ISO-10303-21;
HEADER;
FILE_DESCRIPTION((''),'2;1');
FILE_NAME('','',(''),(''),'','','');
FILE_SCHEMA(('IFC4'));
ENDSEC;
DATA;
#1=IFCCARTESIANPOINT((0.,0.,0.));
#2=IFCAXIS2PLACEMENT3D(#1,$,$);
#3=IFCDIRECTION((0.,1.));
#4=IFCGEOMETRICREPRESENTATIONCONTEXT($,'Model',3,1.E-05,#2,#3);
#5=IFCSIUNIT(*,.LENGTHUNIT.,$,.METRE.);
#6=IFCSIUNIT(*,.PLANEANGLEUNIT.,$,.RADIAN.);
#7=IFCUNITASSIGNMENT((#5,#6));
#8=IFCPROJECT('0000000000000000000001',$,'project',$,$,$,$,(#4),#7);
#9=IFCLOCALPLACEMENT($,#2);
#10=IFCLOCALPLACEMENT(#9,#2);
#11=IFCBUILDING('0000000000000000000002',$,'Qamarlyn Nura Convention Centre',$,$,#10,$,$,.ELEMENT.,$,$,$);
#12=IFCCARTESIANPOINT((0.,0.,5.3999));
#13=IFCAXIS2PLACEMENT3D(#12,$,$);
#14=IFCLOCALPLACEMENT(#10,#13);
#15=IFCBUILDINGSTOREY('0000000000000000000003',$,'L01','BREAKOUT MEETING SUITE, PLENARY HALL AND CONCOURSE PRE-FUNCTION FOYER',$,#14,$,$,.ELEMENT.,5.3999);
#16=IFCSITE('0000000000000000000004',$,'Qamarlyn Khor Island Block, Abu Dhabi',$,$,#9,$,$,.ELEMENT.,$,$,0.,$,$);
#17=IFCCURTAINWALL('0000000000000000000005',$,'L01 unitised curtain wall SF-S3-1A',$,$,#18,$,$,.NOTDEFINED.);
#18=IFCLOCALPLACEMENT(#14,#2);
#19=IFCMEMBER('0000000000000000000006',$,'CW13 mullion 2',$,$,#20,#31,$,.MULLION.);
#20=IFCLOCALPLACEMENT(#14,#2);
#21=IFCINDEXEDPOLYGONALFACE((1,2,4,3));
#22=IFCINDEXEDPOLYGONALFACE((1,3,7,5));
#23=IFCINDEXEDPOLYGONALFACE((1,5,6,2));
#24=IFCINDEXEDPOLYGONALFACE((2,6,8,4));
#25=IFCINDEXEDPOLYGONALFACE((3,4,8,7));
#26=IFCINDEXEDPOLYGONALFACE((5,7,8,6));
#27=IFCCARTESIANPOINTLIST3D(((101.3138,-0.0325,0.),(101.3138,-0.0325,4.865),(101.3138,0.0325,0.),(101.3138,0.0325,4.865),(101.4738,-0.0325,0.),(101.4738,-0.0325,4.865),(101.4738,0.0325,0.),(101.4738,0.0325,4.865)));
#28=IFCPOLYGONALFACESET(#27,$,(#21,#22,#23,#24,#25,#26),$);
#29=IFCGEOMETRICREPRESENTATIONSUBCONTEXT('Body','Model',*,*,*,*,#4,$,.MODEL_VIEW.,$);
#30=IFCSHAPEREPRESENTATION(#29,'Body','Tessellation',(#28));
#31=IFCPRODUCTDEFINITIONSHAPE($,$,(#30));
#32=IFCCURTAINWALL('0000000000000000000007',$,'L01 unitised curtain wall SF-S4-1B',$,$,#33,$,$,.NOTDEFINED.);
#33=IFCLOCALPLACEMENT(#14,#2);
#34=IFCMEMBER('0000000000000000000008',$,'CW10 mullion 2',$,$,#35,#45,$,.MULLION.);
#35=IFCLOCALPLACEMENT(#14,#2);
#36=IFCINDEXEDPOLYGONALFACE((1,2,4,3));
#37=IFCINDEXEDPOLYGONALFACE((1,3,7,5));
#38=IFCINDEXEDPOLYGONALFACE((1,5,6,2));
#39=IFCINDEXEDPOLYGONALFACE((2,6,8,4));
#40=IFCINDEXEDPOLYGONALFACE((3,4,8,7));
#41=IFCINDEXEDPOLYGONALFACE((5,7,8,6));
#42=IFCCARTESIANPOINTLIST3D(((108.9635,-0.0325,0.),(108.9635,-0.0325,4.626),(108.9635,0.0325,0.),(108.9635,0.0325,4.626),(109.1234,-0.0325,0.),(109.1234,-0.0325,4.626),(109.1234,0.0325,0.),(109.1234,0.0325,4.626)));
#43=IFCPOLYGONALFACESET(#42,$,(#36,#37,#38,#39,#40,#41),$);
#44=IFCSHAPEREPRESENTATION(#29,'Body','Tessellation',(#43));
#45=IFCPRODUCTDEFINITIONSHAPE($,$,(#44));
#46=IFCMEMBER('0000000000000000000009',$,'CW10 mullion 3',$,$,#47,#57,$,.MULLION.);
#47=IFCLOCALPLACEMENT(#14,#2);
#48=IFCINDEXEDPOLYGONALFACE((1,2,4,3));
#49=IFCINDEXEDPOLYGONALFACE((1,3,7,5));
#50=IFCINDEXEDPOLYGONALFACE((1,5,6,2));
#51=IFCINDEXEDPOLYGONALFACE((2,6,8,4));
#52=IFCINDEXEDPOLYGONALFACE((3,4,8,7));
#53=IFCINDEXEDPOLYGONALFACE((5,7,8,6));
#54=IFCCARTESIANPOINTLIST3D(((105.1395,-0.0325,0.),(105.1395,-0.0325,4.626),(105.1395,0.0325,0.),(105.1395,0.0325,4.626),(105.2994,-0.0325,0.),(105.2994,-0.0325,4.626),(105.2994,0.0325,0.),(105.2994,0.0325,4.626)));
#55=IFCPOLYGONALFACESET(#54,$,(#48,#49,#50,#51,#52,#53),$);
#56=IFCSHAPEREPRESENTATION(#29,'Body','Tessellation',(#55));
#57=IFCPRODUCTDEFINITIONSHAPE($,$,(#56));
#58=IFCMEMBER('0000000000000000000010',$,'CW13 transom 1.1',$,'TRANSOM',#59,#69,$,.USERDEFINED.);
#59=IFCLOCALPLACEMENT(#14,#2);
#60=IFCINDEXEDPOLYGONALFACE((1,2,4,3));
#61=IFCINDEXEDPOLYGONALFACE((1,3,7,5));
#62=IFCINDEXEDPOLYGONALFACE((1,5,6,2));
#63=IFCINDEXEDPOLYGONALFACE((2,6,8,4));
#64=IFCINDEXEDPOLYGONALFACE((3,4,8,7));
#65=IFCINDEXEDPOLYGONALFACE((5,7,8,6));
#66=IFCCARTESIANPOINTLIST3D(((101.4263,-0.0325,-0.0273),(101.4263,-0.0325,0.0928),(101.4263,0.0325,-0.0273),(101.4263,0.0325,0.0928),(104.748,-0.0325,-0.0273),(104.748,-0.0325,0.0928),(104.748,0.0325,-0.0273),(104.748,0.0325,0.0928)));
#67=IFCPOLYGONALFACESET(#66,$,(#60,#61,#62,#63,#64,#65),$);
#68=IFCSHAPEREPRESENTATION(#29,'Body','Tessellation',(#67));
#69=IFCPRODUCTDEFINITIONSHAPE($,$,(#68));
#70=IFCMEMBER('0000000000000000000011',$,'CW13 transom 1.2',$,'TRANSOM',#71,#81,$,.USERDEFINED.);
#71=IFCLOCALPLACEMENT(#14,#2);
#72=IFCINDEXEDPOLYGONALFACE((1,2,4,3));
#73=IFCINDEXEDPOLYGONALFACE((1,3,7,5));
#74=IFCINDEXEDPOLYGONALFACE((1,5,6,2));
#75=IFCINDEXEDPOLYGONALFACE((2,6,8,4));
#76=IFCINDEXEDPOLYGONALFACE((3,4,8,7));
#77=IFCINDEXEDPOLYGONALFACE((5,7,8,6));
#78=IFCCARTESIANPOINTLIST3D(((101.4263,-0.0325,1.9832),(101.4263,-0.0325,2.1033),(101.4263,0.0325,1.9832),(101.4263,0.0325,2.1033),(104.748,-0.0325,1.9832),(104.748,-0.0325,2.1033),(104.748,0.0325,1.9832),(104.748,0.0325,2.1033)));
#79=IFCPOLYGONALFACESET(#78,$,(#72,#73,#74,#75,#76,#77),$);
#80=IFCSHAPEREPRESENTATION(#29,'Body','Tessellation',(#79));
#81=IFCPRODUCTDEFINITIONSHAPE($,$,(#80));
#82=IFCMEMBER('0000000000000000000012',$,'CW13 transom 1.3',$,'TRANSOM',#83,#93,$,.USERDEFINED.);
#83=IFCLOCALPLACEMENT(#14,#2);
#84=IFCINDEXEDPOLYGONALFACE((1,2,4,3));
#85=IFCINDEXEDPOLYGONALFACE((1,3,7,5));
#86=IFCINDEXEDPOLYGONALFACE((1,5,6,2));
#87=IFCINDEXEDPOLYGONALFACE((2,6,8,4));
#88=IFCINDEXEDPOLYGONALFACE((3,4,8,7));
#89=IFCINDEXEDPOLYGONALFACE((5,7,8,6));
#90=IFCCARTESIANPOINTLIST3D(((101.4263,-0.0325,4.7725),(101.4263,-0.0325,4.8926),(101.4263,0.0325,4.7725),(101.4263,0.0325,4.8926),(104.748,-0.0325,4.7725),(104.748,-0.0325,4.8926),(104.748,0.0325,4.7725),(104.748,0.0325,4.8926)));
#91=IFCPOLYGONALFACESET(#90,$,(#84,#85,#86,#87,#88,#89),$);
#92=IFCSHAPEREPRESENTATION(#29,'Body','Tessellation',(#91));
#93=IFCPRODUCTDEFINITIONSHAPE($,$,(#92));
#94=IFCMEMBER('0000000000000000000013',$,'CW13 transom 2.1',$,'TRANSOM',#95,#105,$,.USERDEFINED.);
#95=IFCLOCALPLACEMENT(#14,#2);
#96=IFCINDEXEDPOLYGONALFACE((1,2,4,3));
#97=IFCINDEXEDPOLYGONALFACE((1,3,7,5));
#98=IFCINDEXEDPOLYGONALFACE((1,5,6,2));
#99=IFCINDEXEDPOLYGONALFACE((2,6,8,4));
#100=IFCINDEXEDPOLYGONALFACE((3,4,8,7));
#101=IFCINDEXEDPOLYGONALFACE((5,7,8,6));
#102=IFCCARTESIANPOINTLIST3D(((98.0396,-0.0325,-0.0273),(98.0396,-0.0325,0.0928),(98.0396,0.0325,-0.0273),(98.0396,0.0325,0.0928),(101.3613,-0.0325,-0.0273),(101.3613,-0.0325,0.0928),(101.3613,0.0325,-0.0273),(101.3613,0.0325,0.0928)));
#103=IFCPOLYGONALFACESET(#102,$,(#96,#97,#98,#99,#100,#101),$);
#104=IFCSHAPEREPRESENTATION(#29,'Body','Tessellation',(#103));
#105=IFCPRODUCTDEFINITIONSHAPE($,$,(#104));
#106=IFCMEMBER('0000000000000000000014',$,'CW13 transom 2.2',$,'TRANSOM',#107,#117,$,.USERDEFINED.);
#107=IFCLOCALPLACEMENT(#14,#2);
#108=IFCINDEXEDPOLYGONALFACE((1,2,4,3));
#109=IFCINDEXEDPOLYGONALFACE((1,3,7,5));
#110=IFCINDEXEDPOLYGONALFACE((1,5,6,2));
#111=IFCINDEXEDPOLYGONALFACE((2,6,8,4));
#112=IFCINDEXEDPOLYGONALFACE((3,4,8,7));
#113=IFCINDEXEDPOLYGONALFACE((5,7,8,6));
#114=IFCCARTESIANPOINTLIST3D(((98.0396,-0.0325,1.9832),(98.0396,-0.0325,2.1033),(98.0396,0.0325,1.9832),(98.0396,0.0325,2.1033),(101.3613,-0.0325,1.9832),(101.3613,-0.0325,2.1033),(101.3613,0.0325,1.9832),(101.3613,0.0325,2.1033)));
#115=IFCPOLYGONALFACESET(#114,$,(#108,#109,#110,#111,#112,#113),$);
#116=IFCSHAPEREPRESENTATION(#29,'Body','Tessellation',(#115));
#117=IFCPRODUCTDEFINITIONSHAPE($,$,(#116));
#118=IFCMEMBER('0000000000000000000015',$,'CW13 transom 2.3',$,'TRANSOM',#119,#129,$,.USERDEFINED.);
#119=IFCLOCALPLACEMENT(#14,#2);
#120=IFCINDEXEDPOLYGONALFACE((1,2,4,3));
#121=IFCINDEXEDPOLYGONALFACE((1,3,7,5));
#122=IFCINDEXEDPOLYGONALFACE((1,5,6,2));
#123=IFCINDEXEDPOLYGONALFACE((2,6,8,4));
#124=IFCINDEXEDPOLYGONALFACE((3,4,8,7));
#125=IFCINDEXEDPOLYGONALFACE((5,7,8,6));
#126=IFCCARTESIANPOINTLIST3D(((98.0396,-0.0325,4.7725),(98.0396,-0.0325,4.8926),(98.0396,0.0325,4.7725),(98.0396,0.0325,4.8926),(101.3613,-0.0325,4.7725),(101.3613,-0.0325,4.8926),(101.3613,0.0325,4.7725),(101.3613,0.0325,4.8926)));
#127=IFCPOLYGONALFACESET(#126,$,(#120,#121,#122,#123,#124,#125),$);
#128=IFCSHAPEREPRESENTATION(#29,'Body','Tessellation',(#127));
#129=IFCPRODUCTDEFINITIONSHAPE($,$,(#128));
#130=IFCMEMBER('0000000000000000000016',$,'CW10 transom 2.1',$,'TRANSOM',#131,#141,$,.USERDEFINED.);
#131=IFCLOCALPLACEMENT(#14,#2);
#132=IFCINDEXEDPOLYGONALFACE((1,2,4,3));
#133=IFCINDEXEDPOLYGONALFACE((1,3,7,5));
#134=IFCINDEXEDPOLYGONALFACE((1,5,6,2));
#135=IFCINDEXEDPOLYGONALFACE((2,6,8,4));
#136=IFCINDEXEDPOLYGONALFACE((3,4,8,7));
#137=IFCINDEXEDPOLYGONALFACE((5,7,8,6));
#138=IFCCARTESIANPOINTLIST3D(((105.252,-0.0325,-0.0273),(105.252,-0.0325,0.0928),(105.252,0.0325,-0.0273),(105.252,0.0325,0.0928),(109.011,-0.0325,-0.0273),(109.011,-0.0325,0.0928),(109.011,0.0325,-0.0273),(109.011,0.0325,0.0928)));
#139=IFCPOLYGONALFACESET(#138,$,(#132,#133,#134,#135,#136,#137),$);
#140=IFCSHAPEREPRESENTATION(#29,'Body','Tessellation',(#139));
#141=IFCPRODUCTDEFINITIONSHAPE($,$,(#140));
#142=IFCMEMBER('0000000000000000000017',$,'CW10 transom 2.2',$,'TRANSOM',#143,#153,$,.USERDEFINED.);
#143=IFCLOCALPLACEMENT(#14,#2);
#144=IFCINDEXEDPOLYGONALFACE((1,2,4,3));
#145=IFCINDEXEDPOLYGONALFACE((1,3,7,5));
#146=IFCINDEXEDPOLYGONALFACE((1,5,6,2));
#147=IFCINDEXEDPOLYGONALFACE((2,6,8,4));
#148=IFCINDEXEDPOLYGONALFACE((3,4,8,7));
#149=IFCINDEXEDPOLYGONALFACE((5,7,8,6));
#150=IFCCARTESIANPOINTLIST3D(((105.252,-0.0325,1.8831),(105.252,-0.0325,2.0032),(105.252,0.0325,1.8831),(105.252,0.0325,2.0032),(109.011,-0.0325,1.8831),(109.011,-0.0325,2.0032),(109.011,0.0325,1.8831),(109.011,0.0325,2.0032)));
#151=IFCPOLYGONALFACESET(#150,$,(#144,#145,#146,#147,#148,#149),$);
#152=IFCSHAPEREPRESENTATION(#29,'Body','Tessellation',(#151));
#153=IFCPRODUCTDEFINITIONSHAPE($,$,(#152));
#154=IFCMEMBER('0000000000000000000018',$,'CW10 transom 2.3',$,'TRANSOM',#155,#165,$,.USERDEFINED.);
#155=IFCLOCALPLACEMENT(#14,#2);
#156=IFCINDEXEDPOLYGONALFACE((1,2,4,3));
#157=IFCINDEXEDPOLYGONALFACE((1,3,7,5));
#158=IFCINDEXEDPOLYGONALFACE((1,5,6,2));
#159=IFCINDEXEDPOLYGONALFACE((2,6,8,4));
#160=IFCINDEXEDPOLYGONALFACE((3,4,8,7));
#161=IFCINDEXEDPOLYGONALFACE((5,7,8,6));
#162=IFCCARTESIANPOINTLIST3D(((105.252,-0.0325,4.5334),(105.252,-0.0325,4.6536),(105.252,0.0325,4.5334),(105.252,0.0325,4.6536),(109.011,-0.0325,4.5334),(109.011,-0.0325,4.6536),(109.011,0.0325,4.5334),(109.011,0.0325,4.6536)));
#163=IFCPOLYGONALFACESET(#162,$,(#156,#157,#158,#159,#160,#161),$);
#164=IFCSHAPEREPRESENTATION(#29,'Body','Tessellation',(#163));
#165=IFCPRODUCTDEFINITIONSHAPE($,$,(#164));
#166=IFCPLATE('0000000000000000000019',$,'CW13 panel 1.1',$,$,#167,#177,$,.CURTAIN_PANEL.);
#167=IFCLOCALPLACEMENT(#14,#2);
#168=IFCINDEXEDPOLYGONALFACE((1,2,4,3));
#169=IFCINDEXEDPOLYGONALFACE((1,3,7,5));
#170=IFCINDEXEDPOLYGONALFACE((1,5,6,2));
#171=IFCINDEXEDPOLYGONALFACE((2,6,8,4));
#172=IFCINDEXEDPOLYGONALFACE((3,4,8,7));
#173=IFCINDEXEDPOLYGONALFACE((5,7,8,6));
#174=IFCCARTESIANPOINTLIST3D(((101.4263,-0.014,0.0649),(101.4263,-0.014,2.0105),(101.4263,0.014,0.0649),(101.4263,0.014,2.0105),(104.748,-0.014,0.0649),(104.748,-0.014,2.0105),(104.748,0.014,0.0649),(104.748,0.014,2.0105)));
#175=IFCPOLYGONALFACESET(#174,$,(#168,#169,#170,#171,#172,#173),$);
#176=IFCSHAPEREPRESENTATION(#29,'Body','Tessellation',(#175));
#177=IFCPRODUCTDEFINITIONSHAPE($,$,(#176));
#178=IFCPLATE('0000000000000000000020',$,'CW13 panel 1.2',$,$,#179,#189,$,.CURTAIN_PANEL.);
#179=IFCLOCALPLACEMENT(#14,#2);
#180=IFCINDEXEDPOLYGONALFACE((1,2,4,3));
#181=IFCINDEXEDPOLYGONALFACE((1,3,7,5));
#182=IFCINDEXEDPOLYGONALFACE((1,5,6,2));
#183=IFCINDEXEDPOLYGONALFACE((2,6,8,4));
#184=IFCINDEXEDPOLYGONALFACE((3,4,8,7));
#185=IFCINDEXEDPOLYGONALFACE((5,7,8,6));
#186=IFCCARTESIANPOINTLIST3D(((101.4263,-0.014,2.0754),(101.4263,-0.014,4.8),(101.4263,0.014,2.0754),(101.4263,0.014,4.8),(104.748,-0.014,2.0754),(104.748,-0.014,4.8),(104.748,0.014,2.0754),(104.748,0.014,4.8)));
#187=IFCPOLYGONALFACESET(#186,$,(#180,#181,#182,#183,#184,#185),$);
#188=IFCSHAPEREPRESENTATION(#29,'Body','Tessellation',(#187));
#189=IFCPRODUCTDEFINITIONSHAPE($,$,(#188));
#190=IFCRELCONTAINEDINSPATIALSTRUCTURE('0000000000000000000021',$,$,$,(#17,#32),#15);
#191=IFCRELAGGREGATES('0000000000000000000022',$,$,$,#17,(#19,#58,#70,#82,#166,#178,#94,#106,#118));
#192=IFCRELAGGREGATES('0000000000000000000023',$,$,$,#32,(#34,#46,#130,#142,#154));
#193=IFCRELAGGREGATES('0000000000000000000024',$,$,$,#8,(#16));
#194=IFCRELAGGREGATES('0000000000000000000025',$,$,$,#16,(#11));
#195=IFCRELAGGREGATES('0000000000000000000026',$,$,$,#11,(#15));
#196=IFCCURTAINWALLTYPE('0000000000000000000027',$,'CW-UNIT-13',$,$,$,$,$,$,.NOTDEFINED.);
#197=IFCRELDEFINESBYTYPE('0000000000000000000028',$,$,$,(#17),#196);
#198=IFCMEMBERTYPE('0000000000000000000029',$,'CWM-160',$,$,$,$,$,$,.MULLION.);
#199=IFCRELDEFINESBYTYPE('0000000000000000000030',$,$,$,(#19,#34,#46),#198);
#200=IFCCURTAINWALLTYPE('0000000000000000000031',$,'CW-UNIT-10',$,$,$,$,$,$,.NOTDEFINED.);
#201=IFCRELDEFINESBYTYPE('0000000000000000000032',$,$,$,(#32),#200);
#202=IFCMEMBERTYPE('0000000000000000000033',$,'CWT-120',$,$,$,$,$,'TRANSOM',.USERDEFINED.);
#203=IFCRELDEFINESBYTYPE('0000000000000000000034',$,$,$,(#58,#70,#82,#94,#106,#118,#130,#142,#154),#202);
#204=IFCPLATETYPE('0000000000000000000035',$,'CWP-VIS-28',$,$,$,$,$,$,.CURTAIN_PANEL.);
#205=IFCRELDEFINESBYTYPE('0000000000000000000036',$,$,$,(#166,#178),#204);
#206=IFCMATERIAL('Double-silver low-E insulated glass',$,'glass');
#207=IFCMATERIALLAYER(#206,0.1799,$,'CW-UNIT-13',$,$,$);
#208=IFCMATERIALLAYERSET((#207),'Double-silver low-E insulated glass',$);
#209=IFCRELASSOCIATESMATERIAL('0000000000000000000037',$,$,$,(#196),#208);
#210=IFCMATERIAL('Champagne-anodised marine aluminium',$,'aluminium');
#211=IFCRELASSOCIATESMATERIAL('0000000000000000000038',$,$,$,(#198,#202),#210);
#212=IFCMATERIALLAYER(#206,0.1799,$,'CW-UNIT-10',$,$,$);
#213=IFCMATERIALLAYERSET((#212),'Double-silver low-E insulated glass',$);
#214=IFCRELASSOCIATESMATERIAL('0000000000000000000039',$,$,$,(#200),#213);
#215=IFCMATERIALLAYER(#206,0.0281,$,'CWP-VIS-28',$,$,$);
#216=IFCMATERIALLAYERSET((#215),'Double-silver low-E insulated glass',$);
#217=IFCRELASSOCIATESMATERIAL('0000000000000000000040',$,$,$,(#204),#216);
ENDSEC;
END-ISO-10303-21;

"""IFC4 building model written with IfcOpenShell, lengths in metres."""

from ifc_helpers import new_model, si_unit, direction, frame, origin, origin_2d, place, context, subcontext, project, spatial, rectangle, extrude, material, layer, layer_set, material_profile, profile_set, type_object, element, aggregate, save


model = new_model("IFC4")

# Units and contexts
model_context = context("Model", 3, precision=1e-05, world=origin(), true_north=direction((0.0, 1.0)))
body_context = subcontext(model_context, "Body", "Model", "MODEL_VIEW")
ifc_project = project(units=[si_unit("LENGTHUNIT", "METRE"), si_unit("PLANEANGLEUNIT", "RADIAN")], contexts=[model_context])

# Site, building, storey
site_placement = place(None, origin())
site = spatial("IfcSite", under=ifc_project, at=site_placement, Name="Qamarlyn Khor Island Block, Abu Dhabi", CompositionType="ELEMENT", RefElevation=0.0)
building_placement = place(site_placement, origin())
building = spatial("IfcBuilding", under=site, at=building_placement, Name="Qamarlyn Nura Convention Centre", CompositionType="ELEMENT")
storey_placement = place(building_placement, frame((0.0, 0.0, 5.3999)))
storey = spatial("IfcBuildingStorey", under=building, at=storey_placement, Name="L01", Description="BREAKOUT MEETING SUITE, PLENARY HALL AND CONCOURSE PRE-FUNCTION FOYER", CompositionType="ELEMENT", Elevation=5.3999)

# Curtain walls, members
ifc_material_1 = material(Name="Double-silver low-E insulated glass", Category="glass")
ifc_layer_1 = layer(ifc_material_1, 0.1799, Name="CW-UNIT-13")
ifc_layer_set_1 = layer_set([ifc_layer_1], Name="Double-silver low-E insulated glass")
curtain_wall_type_1 = type_object("IfcCurtainWallType", Name="CW-UNIT-13", PredefinedType="NOTDEFINED", material=ifc_layer_set_1)
curtain_wall_1_placement = place(storey_placement, origin())
curtain_wall_1 = element("IfcCurtainWall", 1, at=curtain_wall_1_placement, inside=storey, type_object=curtain_wall_type_1, Name="L01 unitised curtain wall SF-S3-1A", PredefinedType="NOTDEFINED")
ifc_material_2 = material(Name="Champagne-anodised marine aluminium", Category="aluminium")
ifc_material_profile_1 = material_profile(ifc_material_2, rectangle(XDim=0.0649, YDim=0.1599, at=origin_2d()), Name="ALU MULLION 65x160")
ifc_profile_set_1 = profile_set([ifc_material_profile_1], Name="Champagne-anodised marine aluminium")
member_type_1 = type_object("IfcMemberType", Name="CWM-160", PredefinedType="MULLION", material=ifc_profile_set_1)
member_1_placement = place(storey_placement, frame((101.3938, 0.0, 0.0), z_axis=(0.0, 0.0, 1.0), x_axis=(0.0, -1.0, 0.0)))
member_1 = element("IfcMember", 2, at=member_1_placement, type_object=member_type_1, Name="CW13 mullion 2", PredefinedType="MULLION", context=body_context, shape_type="SweptSolid", body=[
    extrude(rectangle(XDim=0.0649, YDim=0.1599, at=origin_2d()), origin(), (0.0, 0.0, 1.0), 4.865),
])
ifc_layer_2 = layer(ifc_material_1, 0.1799, Name="CW-UNIT-10")
ifc_layer_set_2 = layer_set([ifc_layer_2], Name="Double-silver low-E insulated glass")
curtain_wall_type_2 = type_object("IfcCurtainWallType", Name="CW-UNIT-10", PredefinedType="NOTDEFINED", material=ifc_layer_set_2)
curtain_wall_2_placement = place(storey_placement, origin())
curtain_wall_2 = element("IfcCurtainWall", 3, at=curtain_wall_2_placement, inside=storey, type_object=curtain_wall_type_2, Name="L01 unitised curtain wall SF-S4-1B", PredefinedType="NOTDEFINED")
member_2_placement = place(storey_placement, frame((109.0435, 0.0, 0.0), z_axis=(0.0, 0.0, 1.0), x_axis=(0.0, -1.0, 0.0)))
member_2 = element("IfcMember", 4, at=member_2_placement, type_object=member_type_1, Name="CW10 mullion 2", PredefinedType="MULLION", context=body_context, shape_type="SweptSolid", body=[
    extrude(rectangle(XDim=0.0649, YDim=0.1599, at=origin_2d()), origin(), (0.0, 0.0, 1.0), 4.626),
])
member_3_placement = place(storey_placement, frame((105.2195, 0.0, 0.0), z_axis=(0.0, 0.0, 1.0), x_axis=(0.0, -1.0, 0.0)))
member_3 = element("IfcMember", 5, at=member_3_placement, type_object=member_type_1, Name="CW10 mullion 3", PredefinedType="MULLION", context=body_context, shape_type="SweptSolid", body=[
    extrude(rectangle(XDim=0.0649, YDim=0.1599, at=origin_2d()), origin(), (0.0, 0.0, 1.0), 4.626),
])

# Members
ifc_material_profile_2 = material_profile(ifc_material_2, rectangle(XDim=0.0649, YDim=0.1201, at=origin_2d()), Name="ALU TRANSOM 65x120")
ifc_profile_set_2 = profile_set([ifc_material_profile_2], Name="Champagne-anodised marine aluminium")
member_type_2 = type_object("IfcMemberType", Name="CWT-120", ElementType="TRANSOM", PredefinedType="USERDEFINED", material=ifc_profile_set_2)
member_4_placement = place(storey_placement, frame((104.748, 0.0, 0.0327), z_axis=(-1.0, 0.0, 0.0), x_axis=(0.0, -1.0, 0.0)))
member_4 = element("IfcMember", 6, at=member_4_placement, type_object=member_type_2, Name="CW13 transom 1.1", ObjectType="TRANSOM", PredefinedType="USERDEFINED", context=body_context, shape_type="SweptSolid", body=[
    extrude(rectangle(XDim=0.0649, YDim=0.1201, at=origin_2d()), origin(), (0.0, 0.0, 1.0), 3.3218),
])
member_5_placement = place(storey_placement, frame((104.748, 0.0, 2.0432), z_axis=(-1.0, 0.0, 0.0), x_axis=(0.0, -1.0, 0.0)))
member_5 = element("IfcMember", 7, at=member_5_placement, type_object=member_type_2, Name="CW13 transom 1.2", ObjectType="TRANSOM", PredefinedType="USERDEFINED", context=body_context, shape_type="SweptSolid", body=[
    extrude(rectangle(XDim=0.0649, YDim=0.1201, at=origin_2d()), origin(), (0.0, 0.0, 1.0), 3.3218),
])
member_6_placement = place(storey_placement, frame((104.748, 0.0, 4.8325), z_axis=(-1.0, 0.0, 0.0), x_axis=(0.0, -1.0, 0.0)))
member_6 = element("IfcMember", 8, at=member_6_placement, type_object=member_type_2, Name="CW13 transom 1.3", ObjectType="TRANSOM", PredefinedType="USERDEFINED", context=body_context, shape_type="SweptSolid", body=[
    extrude(rectangle(XDim=0.0649, YDim=0.1201, at=origin_2d()), origin(), (0.0, 0.0, 1.0), 3.3218),
])
member_7_placement = place(storey_placement, frame((101.3613, 0.0, 0.0327), z_axis=(-1.0, 0.0, 0.0), x_axis=(0.0, -1.0, 0.0)))
member_7 = element("IfcMember", 9, at=member_7_placement, type_object=member_type_2, Name="CW13 transom 2.1", ObjectType="TRANSOM", PredefinedType="USERDEFINED", context=body_context, shape_type="SweptSolid", body=[
    extrude(rectangle(XDim=0.0649, YDim=0.1201, at=origin_2d()), origin(), (0.0, 0.0, 1.0), 3.3218),
])
member_8_placement = place(storey_placement, frame((101.3613, 0.0, 2.0432), z_axis=(-1.0, 0.0, 0.0), x_axis=(0.0, -1.0, 0.0)))
member_8 = element("IfcMember", 10, at=member_8_placement, type_object=member_type_2, Name="CW13 transom 2.2", ObjectType="TRANSOM", PredefinedType="USERDEFINED", context=body_context, shape_type="SweptSolid", body=[
    extrude(rectangle(XDim=0.0649, YDim=0.1201, at=origin_2d()), origin(), (0.0, 0.0, 1.0), 3.3218),
])
member_9_placement = place(storey_placement, frame((101.3613, 0.0, 4.8325), z_axis=(-1.0, 0.0, 0.0), x_axis=(0.0, -1.0, 0.0)))
member_9 = element("IfcMember", 11, at=member_9_placement, type_object=member_type_2, Name="CW13 transom 2.3", ObjectType="TRANSOM", PredefinedType="USERDEFINED", context=body_context, shape_type="SweptSolid", body=[
    extrude(rectangle(XDim=0.0649, YDim=0.1201, at=origin_2d()), origin(), (0.0, 0.0, 1.0), 3.3218),
])
member_10_placement = place(storey_placement, frame((109.011, 0.0, 0.0327), z_axis=(-1.0, 0.0, 0.0), x_axis=(0.0, -1.0, 0.0)))
member_10 = element("IfcMember", 12, at=member_10_placement, type_object=member_type_2, Name="CW10 transom 2.1", ObjectType="TRANSOM", PredefinedType="USERDEFINED", context=body_context, shape_type="SweptSolid", body=[
    extrude(rectangle(XDim=0.0649, YDim=0.1201, at=origin_2d()), origin(), (0.0, 0.0, 1.0), 3.759),
])
member_11_placement = place(storey_placement, frame((109.011, 0.0, 1.9431), z_axis=(-1.0, 0.0, 0.0), x_axis=(0.0, -1.0, 0.0)))
member_11 = element("IfcMember", 13, at=member_11_placement, type_object=member_type_2, Name="CW10 transom 2.2", ObjectType="TRANSOM", PredefinedType="USERDEFINED", context=body_context, shape_type="SweptSolid", body=[
    extrude(rectangle(XDim=0.0649, YDim=0.1201, at=origin_2d()), origin(), (0.0, 0.0, 1.0), 3.759),
])
member_12_placement = place(storey_placement, frame((109.011, 0.0, 4.5935), z_axis=(-1.0, 0.0, 0.0), x_axis=(0.0, -1.0, 0.0)))
member_12 = element("IfcMember", 14, at=member_12_placement, type_object=member_type_2, Name="CW10 transom 2.3", ObjectType="TRANSOM", PredefinedType="USERDEFINED", context=body_context, shape_type="SweptSolid", body=[
    extrude(rectangle(XDim=0.0649, YDim=0.1201, at=origin_2d()), origin(), (0.0, 0.0, 1.0), 3.759),
])

# Plates
ifc_layer_3 = layer(ifc_material_1, 0.0281, Name="CWP-VIS-28")
ifc_layer_set_3 = layer_set([ifc_layer_3], Name="Double-silver low-E insulated glass")
plate_type_1 = type_object("IfcPlateType", Name="CWP-VIS-28", PredefinedType="CURTAIN_PANEL", material=ifc_layer_set_3)
plate_1_placement = place(storey_placement, frame((103.0872, 0.0, 0.0649), z_axis=(0.0, 0.0, 1.0), x_axis=(-1.0, 0.0, 0.0)))
plate_1 = element("IfcPlate", 15, at=plate_1_placement, type_object=plate_type_1, Name="CW13 panel 1.1", PredefinedType="CURTAIN_PANEL", context=body_context, shape_type="SweptSolid", body=[
    extrude(rectangle(XDim=3.3218, YDim=0.0281, at=origin_2d()), origin(), (0.0, 0.0, 1.0), 1.9456),
])
plate_2_placement = place(storey_placement, frame((103.0872, 0.0, 2.0754), z_axis=(0.0, 0.0, 1.0), x_axis=(-1.0, 0.0, 0.0)))
plate_2 = element("IfcPlate", 16, at=plate_2_placement, type_object=plate_type_1, Name="CW13 panel 1.2", PredefinedType="CURTAIN_PANEL", context=body_context, shape_type="SweptSolid", body=[
    extrude(rectangle(XDim=3.3218, YDim=0.0281, at=origin_2d()), origin(), (0.0, 0.0, 1.0), 2.7246),
])
aggregate(curtain_wall_1, [member_1, member_4, member_5, member_6, plate_1, plate_2, member_7, member_8, member_9])
aggregate(curtain_wall_2, [member_2, member_3, member_10, member_11, member_12])

save(model, "model.ifc")
